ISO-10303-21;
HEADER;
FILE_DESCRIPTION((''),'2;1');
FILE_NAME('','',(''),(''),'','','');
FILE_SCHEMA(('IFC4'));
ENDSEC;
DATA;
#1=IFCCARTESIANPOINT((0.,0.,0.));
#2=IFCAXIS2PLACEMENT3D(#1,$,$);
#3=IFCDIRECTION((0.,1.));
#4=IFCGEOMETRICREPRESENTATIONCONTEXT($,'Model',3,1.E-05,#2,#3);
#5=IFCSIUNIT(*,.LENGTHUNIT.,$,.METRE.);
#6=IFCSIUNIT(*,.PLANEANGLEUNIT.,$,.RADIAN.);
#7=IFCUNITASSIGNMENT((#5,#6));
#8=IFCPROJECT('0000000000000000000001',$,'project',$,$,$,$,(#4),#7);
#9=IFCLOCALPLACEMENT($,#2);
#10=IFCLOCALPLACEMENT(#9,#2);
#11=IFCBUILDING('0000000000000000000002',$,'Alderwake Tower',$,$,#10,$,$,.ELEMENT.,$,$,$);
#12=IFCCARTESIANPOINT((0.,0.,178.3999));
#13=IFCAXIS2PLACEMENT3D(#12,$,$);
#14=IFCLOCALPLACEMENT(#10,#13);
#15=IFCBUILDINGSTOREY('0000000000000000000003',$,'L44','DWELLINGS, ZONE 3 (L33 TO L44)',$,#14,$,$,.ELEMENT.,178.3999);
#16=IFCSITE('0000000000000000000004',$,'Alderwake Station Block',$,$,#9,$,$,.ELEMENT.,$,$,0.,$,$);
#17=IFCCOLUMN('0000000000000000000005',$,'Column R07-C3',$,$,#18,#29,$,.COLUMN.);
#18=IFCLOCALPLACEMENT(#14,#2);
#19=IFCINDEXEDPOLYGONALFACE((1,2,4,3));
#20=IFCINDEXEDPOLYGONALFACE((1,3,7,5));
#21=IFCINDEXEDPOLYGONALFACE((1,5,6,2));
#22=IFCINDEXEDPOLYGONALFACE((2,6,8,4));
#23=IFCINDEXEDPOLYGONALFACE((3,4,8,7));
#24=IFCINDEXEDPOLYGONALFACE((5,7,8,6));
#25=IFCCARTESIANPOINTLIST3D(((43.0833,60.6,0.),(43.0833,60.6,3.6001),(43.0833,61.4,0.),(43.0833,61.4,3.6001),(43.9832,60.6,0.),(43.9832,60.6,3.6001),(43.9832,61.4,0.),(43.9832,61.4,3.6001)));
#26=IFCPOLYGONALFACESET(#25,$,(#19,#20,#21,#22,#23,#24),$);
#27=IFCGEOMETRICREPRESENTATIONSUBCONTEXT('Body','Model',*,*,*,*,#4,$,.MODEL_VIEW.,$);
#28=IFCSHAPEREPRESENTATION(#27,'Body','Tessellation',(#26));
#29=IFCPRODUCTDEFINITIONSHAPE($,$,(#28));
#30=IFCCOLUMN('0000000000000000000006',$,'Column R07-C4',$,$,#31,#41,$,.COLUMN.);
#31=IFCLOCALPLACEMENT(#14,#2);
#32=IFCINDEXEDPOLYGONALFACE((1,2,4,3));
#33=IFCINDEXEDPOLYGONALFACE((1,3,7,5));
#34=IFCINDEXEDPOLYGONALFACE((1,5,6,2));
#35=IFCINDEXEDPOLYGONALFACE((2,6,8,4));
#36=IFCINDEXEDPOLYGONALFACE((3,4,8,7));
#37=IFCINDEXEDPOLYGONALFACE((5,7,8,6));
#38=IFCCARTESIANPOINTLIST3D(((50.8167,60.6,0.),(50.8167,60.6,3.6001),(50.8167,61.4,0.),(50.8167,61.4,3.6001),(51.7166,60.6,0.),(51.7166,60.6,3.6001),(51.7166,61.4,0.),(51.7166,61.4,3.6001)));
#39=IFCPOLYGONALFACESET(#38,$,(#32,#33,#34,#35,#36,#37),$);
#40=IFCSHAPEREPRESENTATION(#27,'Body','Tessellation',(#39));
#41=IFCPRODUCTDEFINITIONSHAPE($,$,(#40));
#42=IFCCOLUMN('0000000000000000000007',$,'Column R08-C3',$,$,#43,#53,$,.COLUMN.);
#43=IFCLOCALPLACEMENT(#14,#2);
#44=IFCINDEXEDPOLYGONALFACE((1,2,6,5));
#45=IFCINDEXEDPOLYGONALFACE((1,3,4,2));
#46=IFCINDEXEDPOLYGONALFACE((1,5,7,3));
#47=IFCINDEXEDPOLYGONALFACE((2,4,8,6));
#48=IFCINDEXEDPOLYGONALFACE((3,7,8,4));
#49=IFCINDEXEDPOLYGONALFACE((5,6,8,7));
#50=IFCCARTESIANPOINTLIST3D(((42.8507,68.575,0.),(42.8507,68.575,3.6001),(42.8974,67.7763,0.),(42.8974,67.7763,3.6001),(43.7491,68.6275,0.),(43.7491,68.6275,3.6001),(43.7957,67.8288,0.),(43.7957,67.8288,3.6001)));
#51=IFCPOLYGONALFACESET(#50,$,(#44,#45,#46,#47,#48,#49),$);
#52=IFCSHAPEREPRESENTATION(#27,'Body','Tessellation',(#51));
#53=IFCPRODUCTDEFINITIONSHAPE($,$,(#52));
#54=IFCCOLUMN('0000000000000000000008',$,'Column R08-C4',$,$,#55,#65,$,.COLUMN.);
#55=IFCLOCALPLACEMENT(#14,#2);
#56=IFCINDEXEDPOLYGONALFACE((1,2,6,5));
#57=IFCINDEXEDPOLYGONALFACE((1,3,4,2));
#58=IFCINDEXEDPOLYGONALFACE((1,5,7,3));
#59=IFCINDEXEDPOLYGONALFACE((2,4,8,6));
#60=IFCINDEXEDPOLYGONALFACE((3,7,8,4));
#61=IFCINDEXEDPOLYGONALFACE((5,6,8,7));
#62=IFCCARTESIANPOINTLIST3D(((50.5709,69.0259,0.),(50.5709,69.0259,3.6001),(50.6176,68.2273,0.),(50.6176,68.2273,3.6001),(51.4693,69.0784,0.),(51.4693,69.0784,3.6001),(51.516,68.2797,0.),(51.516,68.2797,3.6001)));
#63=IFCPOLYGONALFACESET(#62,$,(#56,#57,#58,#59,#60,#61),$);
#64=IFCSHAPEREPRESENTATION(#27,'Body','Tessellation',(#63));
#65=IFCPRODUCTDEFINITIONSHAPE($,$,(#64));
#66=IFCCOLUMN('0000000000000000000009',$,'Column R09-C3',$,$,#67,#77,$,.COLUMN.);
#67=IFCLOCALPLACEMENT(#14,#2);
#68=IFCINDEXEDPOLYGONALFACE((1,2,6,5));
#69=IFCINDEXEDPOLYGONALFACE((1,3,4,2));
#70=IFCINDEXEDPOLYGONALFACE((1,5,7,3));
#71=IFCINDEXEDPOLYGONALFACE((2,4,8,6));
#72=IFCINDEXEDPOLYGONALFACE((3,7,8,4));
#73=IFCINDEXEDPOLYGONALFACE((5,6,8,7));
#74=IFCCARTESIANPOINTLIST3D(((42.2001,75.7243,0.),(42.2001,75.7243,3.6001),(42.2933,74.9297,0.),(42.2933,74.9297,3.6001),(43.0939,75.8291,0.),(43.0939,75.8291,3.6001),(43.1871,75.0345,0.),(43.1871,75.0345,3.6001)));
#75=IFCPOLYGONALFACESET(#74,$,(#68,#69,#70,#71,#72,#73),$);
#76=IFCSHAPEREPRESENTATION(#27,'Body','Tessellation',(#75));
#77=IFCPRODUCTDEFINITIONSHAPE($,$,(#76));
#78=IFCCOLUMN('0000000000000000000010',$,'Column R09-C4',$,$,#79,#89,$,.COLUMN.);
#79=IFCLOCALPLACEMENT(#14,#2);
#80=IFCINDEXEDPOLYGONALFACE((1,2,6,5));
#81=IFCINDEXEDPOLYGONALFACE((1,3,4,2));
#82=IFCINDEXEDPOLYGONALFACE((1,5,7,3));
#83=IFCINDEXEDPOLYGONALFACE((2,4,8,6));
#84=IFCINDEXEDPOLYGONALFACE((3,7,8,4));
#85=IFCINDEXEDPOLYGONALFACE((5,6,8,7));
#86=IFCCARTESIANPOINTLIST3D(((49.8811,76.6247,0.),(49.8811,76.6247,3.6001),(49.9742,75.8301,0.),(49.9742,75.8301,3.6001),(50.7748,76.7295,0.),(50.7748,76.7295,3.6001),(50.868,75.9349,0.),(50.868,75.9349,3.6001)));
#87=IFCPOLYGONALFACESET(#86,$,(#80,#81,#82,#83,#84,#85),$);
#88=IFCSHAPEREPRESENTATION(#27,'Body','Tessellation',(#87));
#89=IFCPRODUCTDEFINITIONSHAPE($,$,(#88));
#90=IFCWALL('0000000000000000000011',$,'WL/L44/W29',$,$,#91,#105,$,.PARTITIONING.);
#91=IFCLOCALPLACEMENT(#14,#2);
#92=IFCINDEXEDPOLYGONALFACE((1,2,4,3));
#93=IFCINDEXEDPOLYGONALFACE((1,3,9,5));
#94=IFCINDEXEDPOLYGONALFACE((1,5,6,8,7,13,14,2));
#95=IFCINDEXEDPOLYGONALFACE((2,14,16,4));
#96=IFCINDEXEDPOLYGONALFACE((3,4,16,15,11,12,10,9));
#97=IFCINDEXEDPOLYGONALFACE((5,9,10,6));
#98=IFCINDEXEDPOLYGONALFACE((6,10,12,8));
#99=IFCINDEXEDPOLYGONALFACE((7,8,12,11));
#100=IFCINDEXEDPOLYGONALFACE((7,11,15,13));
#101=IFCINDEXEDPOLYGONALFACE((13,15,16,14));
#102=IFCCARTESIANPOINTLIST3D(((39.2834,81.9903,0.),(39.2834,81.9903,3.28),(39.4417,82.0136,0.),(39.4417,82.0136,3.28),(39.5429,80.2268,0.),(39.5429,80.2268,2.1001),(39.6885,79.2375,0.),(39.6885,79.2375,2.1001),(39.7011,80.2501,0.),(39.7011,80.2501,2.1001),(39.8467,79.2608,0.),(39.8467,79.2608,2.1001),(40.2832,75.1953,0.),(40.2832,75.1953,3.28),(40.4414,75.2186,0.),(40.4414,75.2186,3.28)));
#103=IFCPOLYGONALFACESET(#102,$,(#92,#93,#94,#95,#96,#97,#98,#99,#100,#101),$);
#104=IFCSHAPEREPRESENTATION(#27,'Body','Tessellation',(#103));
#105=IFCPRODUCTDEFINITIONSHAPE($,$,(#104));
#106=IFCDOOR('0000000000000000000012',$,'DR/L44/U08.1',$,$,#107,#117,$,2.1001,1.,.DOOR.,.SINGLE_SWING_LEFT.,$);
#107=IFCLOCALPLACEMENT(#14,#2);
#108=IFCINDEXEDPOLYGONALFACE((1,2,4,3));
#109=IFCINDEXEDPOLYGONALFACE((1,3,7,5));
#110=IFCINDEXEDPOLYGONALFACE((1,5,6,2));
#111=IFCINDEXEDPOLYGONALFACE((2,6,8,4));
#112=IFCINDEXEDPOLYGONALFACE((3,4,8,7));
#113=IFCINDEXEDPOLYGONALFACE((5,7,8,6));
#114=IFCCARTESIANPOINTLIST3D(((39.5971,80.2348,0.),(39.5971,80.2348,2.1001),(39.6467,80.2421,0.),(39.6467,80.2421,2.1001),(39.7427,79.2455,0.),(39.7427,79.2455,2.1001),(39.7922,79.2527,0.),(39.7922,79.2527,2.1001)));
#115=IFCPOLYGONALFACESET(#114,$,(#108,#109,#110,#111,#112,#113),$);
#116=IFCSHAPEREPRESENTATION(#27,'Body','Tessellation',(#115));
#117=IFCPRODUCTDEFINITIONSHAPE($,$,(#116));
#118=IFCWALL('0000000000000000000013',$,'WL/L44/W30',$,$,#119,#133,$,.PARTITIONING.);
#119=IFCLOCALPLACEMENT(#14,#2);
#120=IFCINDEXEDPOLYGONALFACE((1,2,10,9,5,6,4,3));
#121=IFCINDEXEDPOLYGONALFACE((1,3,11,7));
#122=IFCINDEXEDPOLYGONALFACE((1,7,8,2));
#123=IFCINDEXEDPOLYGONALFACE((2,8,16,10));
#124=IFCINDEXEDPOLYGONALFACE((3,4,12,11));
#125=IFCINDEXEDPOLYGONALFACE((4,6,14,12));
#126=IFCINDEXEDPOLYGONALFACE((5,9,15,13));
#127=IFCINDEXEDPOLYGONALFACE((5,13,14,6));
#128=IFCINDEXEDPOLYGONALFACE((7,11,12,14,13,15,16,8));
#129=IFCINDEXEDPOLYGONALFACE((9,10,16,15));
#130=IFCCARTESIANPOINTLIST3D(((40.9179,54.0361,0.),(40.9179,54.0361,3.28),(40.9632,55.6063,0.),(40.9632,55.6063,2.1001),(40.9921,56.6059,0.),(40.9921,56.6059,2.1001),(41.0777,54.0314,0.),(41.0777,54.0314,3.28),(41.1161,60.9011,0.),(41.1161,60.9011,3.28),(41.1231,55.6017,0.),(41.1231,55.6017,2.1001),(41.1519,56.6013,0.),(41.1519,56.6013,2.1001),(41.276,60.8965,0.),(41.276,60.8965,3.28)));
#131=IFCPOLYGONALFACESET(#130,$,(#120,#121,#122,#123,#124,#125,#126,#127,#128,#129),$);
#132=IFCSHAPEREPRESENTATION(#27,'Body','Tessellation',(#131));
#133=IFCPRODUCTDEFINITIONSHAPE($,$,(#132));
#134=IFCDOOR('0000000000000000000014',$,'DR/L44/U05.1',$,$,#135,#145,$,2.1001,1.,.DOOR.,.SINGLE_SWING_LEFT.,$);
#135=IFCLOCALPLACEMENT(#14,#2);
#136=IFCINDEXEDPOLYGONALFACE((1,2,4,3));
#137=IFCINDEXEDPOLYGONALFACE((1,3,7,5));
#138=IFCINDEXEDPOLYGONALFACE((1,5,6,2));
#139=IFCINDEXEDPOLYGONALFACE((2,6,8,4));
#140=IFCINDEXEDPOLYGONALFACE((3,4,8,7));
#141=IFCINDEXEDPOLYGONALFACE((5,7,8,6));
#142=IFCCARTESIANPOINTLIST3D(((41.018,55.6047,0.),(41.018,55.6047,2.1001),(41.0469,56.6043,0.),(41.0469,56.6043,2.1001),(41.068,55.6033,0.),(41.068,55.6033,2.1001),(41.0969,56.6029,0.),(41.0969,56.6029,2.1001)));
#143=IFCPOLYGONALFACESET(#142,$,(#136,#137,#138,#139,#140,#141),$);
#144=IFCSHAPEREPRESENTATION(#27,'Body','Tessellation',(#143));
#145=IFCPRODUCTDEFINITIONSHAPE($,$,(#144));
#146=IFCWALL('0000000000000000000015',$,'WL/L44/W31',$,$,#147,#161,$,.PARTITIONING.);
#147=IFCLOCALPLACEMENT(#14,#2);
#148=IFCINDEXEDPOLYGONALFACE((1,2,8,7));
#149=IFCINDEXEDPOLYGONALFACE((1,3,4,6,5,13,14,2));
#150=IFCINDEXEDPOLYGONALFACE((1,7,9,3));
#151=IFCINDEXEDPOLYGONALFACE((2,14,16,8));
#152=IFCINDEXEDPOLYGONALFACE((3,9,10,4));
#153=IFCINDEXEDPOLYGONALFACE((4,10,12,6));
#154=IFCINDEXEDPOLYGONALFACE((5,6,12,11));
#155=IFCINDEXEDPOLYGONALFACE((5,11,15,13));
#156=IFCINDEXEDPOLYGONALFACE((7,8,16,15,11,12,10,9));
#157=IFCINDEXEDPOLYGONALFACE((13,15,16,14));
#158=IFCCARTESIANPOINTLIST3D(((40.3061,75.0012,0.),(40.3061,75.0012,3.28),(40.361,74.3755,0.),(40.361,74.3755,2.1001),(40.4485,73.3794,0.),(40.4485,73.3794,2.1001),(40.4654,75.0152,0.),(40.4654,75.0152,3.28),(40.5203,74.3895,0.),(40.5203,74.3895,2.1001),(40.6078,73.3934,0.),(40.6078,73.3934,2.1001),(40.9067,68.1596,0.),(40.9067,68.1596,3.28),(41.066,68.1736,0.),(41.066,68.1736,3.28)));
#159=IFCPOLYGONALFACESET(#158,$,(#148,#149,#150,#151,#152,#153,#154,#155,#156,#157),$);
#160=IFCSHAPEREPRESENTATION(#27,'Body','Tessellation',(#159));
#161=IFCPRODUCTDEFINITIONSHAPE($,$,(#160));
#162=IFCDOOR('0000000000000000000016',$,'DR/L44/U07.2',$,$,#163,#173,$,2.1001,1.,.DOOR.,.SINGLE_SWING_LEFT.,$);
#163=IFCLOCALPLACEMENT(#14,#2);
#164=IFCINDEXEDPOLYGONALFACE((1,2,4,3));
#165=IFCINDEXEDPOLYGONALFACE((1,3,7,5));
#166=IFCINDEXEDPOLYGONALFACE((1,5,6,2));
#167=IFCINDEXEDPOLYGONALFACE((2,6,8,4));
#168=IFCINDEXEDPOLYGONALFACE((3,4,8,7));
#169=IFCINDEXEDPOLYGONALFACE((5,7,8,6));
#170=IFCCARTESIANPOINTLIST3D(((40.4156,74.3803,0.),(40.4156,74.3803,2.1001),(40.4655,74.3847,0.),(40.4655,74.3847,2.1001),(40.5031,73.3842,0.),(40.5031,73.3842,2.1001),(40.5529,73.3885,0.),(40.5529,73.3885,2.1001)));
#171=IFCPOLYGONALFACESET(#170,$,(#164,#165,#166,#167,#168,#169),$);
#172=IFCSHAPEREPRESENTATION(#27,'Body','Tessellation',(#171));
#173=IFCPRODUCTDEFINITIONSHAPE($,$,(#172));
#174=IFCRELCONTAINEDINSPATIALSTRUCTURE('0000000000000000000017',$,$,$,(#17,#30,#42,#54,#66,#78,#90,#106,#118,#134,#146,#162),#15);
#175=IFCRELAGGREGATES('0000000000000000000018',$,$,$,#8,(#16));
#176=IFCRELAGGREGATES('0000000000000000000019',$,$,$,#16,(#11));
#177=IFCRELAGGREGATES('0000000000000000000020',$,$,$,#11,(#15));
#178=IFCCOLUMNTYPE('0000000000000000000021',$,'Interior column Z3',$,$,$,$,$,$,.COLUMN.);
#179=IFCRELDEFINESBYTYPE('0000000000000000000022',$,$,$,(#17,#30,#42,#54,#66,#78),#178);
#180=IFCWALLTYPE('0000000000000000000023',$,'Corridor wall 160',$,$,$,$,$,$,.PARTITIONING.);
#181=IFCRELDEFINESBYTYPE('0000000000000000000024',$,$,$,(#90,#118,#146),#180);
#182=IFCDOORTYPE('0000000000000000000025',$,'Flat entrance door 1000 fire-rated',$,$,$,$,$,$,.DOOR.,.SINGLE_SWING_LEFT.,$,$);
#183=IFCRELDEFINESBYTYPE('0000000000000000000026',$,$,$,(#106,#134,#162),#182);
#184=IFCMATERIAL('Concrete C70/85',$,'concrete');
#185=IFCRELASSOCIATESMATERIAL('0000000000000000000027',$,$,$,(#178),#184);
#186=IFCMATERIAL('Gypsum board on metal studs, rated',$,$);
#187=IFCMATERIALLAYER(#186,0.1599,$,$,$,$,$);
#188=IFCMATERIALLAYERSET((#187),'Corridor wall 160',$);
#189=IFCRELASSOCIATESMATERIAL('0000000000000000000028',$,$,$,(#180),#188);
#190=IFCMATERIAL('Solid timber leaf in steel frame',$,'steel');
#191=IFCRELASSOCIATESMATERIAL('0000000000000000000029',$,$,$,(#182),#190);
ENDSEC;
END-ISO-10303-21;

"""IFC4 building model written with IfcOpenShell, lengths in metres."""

from ifc_helpers import new_model, si_unit, direction, frame, frame_2d, origin, origin_2d, place, context, subcontext, project, spatial, rectangle, extrude, material, layer, layer_set, material_profile, profile_set, type_object, element, fill, save


model = new_model("IFC4")

# Units and contexts
model_context = context("Model", 3, precision=1e-05, world=origin(), true_north=direction((0.0, 1.0)))
body_context = subcontext(model_context, "Body", "Model", "MODEL_VIEW")
ifc_project = project(units=[si_unit("LENGTHUNIT", "METRE"), si_unit("PLANEANGLEUNIT", "RADIAN")], contexts=[model_context])

# Site, building, storey
site_placement = place(None, origin())
site = spatial("IfcSite", under=ifc_project, at=site_placement, Name="Alderwake Station Block", CompositionType="ELEMENT", RefElevation=0.0)
building_placement = place(site_placement, origin())
building = spatial("IfcBuilding", under=site, at=building_placement, Name="Alderwake Tower", CompositionType="ELEMENT")
storey_placement = place(building_placement, frame((0.0, 0.0, 178.3999)))
storey = spatial("IfcBuildingStorey", under=building, at=storey_placement, Name="L44", Description="DWELLINGS, ZONE 3 (L33 TO L44)", CompositionType="ELEMENT", Elevation=178.3999)

# Columns
ifc_material_1 = material(Name="Concrete C70/85", Category="concrete")
ifc_material_profile = material_profile(ifc_material_1, rectangle(XDim=0.8, YDim=0.8999, at=origin_2d()), Name="RC 900X800")
ifc_profile_set = profile_set([ifc_material_profile], Name="Concrete C70/85")
column_type = type_object("IfcColumnType", Name="Interior column Z3", PredefinedType="COLUMN", material=ifc_profile_set)
for number, where, z_axis, x_axis, name in (
    (1, (43.5332, 61.0, 0.0), (0.0, 0.0, 1.0), (0.0, 1.0, 0.0), "Column R07-C3"),
    (2, (51.2666, 61.0, 0.0), (0.0, 0.0, 1.0), (0.0, 1.0, 0.0), "Column R07-C4"),
    (3, (43.3232, 68.2019, 0.0), (0.0, 0.0, 1.0), (-0.058299, 0.998299, 0.0), "Column R08-C3"),
    (4, (51.0435, 68.6528, 0.0), (0.0, 0.0, 1.0), (-0.058301, 0.998299, 0.0), "Column R08-C4"),
    (5, (42.6936, 75.3794, 0.0), (0.0, 0.0, 1.0), (-0.116402, 0.993202, 0.0), "Column R09-C3"),
    (6, (50.3745, 76.2798, 0.0), (0.0, 0.0, 1.0), (-0.116402, 0.993202, 0.0), "Column R09-C4"),
):
    element("IfcColumn", number, at=place(storey_placement, frame(where, z_axis=z_axis, x_axis=x_axis)), inside=storey, type_object=column_type, Name=name, PredefinedType="COLUMN", context=body_context, shape_type="SweptSolid", body=[
        extrude(rectangle(XDim=0.8, YDim=0.8999, at=origin_2d()), origin(), (0.0, 0.0, 1.0), 3.6001),
    ])

# Walls, openings, doors
ifc_material_2 = material(Name="Gypsum board on metal studs, rated")
ifc_layer_1 = layer(ifc_material_2, 0.1599)
ifc_layer_set_1 = layer_set([ifc_layer_1], Name="Corridor wall 160")
wall_type_1 = type_object("IfcWallType", Name="Corridor wall 160", PredefinedType="PARTITIONING", material=ifc_layer_set_1)
wall_1_placement = place(storey_placement, frame((39.3625, 82.002, 0.0), z_axis=(0.0, 0.0, 1.0), x_axis=(0.145566, -0.989349, 0.0)))
wall_1 = element("IfcWall", 7, at=wall_1_placement, inside=storey, type_object=wall_type_1, Name="WL/L44/W29", PredefinedType="PARTITIONING", context=body_context, shape_type="SweptSolid", body=[
    extrude(rectangle(XDim=6.8682, YDim=0.1599, at=frame_2d((3.4341, 0.0))), origin(), (0.0, 0.0, 1.0), 3.28),
])
opening_1_placement = place(wall_1_placement, frame((1.7825, 0.0, 0.0)))
opening_1 = element("IfcOpeningElement", 8, at=opening_1_placement, cuts=wall_1, PredefinedType="OPENING", context=body_context, shape_type="SweptSolid", body=[
    extrude(rectangle(XDim=1.0, YDim=2.1001, at=frame_2d((0.5, 1.05))), frame((0.0, 0.0898, 0.0), z_axis=(0.0, -1.0, 0.0), x_axis=(1.0, 0.0, 0.0)), (0.0, 0.0, 1.0), 0.1799),
])
ifc_material_3 = material(Name="Solid timber leaf in steel frame", Category="steel")
door_type_1 = type_object("IfcDoorType", Name="Flat entrance door 1000 fire-rated", OperationType="SINGLE_SWING_LEFT", PredefinedType="DOOR", material=ifc_material_3)
door_1_placement = place(opening_1_placement, origin())
door_1 = element("IfcDoor", 9, at=door_1_placement, inside=storey, type_object=door_type_1, Name="DR/L44/U08.1", OperationType="SINGLE_SWING_LEFT", OverallHeight=2.1001, OverallWidth=1.0, PredefinedType="DOOR", context=body_context, shape_type="SweptSolid", body=[
    extrude(rectangle(XDim=1.0, YDim=2.1001, at=frame_2d((0.5, 1.05))), frame((0.0, 0.0249, 0.0), z_axis=(0.0, -1.0, 0.0), x_axis=(1.0, 0.0, 0.0)), (0.0, 0.0, 1.0), 0.05),
])
fill(opening_1, door_1)
wall_2_placement = place(storey_placement, frame((41.196, 60.8989, 0.0), z_axis=(0.0, 0.0, 1.0), x_axis=(-0.028865, -0.999583, 0.0)))
wall_2 = element("IfcWall", 10, at=wall_2_placement, inside=storey, type_object=wall_type_1, Name="WL/L44/W30", PredefinedType="PARTITIONING", context=body_context, shape_type="SweptSolid", body=[
    extrude(rectangle(XDim=6.8679, YDim=0.1599, at=frame_2d((3.4341, 0.0))), origin(), (0.0, 0.0, 1.0), 3.28),
])
opening_2_placement = place(wall_2_placement, frame((4.2971, 0.0, 0.0)))
opening_2 = element("IfcOpeningElement", 11, at=opening_2_placement, cuts=wall_2, PredefinedType="OPENING", context=body_context, shape_type="SweptSolid", body=[
    extrude(rectangle(XDim=1.0, YDim=2.1001, at=frame_2d((0.5, 1.05))), frame((0.0, 0.0898, 0.0), z_axis=(0.0, -1.0, 0.0), x_axis=(1.0, 0.0, 0.0)), (0.0, 0.0, 1.0), 0.1799),
])
door_2_placement = place(opening_2_placement, origin())
door_2 = element("IfcDoor", 12, at=door_2_placement, inside=storey, type_object=door_type_1, Name="DR/L44/U05.1", OperationType="SINGLE_SWING_LEFT", OverallHeight=2.1001, OverallWidth=1.0, PredefinedType="DOOR", context=body_context, shape_type="SweptSolid", body=[
    extrude(rectangle(XDim=1.0, YDim=2.1001, at=frame_2d((0.5, 1.05))), frame((0.0, 0.0249, 0.0), z_axis=(0.0, -1.0, 0.0), x_axis=(1.0, 0.0, 0.0)), (0.0, 0.0, 1.0), 0.05),
])
fill(opening_2, door_2)
wall_3_placement = place(storey_placement, frame((40.3857, 75.0083, 0.0), z_axis=(0.0, 0.0, 1.0), x_axis=(0.087449, -0.996169, 0.0)))
wall_3 = element("IfcWall", 13, at=wall_3_placement, inside=storey, type_object=wall_type_1, Name="WL/L44/W31", PredefinedType="PARTITIONING", context=body_context, shape_type="SweptSolid", body=[
    extrude(rectangle(XDim=6.8679, YDim=0.1599, at=frame_2d((3.4341, 0.0))), origin(), (0.0, 0.0, 1.0), 3.28),
])
opening_3_placement = place(wall_3_placement, frame((0.6282, 0.0, 0.0)))
opening_3 = element("IfcOpeningElement", 14, at=opening_3_placement, cuts=wall_3, PredefinedType="OPENING", context=body_context, shape_type="SweptSolid", body=[
    extrude(rectangle(XDim=1.0, YDim=2.1001, at=frame_2d((0.5, 1.05))), frame((0.0, 0.0898, 0.0), z_axis=(0.0, -1.0, 0.0), x_axis=(1.0, 0.0, 0.0)), (0.0, 0.0, 1.0), 0.1799),
])
door_3_placement = place(opening_3_placement, origin())
door_3 = element("IfcDoor", 15, at=door_3_placement, inside=storey, type_object=door_type_1, Name="DR/L44/U07.2", OperationType="SINGLE_SWING_LEFT", OverallHeight=2.1001, OverallWidth=1.0, PredefinedType="DOOR", context=body_context, shape_type="SweptSolid", body=[
    extrude(rectangle(XDim=1.0, YDim=2.1001, at=frame_2d((0.5, 1.05))), frame((0.0, 0.0249, 0.0), z_axis=(0.0, -1.0, 0.0), x_axis=(1.0, 0.0, 0.0)), (0.0, 0.0, 1.0), 0.05),
])
fill(opening_3, door_3)

save(model, "model.ifc")
